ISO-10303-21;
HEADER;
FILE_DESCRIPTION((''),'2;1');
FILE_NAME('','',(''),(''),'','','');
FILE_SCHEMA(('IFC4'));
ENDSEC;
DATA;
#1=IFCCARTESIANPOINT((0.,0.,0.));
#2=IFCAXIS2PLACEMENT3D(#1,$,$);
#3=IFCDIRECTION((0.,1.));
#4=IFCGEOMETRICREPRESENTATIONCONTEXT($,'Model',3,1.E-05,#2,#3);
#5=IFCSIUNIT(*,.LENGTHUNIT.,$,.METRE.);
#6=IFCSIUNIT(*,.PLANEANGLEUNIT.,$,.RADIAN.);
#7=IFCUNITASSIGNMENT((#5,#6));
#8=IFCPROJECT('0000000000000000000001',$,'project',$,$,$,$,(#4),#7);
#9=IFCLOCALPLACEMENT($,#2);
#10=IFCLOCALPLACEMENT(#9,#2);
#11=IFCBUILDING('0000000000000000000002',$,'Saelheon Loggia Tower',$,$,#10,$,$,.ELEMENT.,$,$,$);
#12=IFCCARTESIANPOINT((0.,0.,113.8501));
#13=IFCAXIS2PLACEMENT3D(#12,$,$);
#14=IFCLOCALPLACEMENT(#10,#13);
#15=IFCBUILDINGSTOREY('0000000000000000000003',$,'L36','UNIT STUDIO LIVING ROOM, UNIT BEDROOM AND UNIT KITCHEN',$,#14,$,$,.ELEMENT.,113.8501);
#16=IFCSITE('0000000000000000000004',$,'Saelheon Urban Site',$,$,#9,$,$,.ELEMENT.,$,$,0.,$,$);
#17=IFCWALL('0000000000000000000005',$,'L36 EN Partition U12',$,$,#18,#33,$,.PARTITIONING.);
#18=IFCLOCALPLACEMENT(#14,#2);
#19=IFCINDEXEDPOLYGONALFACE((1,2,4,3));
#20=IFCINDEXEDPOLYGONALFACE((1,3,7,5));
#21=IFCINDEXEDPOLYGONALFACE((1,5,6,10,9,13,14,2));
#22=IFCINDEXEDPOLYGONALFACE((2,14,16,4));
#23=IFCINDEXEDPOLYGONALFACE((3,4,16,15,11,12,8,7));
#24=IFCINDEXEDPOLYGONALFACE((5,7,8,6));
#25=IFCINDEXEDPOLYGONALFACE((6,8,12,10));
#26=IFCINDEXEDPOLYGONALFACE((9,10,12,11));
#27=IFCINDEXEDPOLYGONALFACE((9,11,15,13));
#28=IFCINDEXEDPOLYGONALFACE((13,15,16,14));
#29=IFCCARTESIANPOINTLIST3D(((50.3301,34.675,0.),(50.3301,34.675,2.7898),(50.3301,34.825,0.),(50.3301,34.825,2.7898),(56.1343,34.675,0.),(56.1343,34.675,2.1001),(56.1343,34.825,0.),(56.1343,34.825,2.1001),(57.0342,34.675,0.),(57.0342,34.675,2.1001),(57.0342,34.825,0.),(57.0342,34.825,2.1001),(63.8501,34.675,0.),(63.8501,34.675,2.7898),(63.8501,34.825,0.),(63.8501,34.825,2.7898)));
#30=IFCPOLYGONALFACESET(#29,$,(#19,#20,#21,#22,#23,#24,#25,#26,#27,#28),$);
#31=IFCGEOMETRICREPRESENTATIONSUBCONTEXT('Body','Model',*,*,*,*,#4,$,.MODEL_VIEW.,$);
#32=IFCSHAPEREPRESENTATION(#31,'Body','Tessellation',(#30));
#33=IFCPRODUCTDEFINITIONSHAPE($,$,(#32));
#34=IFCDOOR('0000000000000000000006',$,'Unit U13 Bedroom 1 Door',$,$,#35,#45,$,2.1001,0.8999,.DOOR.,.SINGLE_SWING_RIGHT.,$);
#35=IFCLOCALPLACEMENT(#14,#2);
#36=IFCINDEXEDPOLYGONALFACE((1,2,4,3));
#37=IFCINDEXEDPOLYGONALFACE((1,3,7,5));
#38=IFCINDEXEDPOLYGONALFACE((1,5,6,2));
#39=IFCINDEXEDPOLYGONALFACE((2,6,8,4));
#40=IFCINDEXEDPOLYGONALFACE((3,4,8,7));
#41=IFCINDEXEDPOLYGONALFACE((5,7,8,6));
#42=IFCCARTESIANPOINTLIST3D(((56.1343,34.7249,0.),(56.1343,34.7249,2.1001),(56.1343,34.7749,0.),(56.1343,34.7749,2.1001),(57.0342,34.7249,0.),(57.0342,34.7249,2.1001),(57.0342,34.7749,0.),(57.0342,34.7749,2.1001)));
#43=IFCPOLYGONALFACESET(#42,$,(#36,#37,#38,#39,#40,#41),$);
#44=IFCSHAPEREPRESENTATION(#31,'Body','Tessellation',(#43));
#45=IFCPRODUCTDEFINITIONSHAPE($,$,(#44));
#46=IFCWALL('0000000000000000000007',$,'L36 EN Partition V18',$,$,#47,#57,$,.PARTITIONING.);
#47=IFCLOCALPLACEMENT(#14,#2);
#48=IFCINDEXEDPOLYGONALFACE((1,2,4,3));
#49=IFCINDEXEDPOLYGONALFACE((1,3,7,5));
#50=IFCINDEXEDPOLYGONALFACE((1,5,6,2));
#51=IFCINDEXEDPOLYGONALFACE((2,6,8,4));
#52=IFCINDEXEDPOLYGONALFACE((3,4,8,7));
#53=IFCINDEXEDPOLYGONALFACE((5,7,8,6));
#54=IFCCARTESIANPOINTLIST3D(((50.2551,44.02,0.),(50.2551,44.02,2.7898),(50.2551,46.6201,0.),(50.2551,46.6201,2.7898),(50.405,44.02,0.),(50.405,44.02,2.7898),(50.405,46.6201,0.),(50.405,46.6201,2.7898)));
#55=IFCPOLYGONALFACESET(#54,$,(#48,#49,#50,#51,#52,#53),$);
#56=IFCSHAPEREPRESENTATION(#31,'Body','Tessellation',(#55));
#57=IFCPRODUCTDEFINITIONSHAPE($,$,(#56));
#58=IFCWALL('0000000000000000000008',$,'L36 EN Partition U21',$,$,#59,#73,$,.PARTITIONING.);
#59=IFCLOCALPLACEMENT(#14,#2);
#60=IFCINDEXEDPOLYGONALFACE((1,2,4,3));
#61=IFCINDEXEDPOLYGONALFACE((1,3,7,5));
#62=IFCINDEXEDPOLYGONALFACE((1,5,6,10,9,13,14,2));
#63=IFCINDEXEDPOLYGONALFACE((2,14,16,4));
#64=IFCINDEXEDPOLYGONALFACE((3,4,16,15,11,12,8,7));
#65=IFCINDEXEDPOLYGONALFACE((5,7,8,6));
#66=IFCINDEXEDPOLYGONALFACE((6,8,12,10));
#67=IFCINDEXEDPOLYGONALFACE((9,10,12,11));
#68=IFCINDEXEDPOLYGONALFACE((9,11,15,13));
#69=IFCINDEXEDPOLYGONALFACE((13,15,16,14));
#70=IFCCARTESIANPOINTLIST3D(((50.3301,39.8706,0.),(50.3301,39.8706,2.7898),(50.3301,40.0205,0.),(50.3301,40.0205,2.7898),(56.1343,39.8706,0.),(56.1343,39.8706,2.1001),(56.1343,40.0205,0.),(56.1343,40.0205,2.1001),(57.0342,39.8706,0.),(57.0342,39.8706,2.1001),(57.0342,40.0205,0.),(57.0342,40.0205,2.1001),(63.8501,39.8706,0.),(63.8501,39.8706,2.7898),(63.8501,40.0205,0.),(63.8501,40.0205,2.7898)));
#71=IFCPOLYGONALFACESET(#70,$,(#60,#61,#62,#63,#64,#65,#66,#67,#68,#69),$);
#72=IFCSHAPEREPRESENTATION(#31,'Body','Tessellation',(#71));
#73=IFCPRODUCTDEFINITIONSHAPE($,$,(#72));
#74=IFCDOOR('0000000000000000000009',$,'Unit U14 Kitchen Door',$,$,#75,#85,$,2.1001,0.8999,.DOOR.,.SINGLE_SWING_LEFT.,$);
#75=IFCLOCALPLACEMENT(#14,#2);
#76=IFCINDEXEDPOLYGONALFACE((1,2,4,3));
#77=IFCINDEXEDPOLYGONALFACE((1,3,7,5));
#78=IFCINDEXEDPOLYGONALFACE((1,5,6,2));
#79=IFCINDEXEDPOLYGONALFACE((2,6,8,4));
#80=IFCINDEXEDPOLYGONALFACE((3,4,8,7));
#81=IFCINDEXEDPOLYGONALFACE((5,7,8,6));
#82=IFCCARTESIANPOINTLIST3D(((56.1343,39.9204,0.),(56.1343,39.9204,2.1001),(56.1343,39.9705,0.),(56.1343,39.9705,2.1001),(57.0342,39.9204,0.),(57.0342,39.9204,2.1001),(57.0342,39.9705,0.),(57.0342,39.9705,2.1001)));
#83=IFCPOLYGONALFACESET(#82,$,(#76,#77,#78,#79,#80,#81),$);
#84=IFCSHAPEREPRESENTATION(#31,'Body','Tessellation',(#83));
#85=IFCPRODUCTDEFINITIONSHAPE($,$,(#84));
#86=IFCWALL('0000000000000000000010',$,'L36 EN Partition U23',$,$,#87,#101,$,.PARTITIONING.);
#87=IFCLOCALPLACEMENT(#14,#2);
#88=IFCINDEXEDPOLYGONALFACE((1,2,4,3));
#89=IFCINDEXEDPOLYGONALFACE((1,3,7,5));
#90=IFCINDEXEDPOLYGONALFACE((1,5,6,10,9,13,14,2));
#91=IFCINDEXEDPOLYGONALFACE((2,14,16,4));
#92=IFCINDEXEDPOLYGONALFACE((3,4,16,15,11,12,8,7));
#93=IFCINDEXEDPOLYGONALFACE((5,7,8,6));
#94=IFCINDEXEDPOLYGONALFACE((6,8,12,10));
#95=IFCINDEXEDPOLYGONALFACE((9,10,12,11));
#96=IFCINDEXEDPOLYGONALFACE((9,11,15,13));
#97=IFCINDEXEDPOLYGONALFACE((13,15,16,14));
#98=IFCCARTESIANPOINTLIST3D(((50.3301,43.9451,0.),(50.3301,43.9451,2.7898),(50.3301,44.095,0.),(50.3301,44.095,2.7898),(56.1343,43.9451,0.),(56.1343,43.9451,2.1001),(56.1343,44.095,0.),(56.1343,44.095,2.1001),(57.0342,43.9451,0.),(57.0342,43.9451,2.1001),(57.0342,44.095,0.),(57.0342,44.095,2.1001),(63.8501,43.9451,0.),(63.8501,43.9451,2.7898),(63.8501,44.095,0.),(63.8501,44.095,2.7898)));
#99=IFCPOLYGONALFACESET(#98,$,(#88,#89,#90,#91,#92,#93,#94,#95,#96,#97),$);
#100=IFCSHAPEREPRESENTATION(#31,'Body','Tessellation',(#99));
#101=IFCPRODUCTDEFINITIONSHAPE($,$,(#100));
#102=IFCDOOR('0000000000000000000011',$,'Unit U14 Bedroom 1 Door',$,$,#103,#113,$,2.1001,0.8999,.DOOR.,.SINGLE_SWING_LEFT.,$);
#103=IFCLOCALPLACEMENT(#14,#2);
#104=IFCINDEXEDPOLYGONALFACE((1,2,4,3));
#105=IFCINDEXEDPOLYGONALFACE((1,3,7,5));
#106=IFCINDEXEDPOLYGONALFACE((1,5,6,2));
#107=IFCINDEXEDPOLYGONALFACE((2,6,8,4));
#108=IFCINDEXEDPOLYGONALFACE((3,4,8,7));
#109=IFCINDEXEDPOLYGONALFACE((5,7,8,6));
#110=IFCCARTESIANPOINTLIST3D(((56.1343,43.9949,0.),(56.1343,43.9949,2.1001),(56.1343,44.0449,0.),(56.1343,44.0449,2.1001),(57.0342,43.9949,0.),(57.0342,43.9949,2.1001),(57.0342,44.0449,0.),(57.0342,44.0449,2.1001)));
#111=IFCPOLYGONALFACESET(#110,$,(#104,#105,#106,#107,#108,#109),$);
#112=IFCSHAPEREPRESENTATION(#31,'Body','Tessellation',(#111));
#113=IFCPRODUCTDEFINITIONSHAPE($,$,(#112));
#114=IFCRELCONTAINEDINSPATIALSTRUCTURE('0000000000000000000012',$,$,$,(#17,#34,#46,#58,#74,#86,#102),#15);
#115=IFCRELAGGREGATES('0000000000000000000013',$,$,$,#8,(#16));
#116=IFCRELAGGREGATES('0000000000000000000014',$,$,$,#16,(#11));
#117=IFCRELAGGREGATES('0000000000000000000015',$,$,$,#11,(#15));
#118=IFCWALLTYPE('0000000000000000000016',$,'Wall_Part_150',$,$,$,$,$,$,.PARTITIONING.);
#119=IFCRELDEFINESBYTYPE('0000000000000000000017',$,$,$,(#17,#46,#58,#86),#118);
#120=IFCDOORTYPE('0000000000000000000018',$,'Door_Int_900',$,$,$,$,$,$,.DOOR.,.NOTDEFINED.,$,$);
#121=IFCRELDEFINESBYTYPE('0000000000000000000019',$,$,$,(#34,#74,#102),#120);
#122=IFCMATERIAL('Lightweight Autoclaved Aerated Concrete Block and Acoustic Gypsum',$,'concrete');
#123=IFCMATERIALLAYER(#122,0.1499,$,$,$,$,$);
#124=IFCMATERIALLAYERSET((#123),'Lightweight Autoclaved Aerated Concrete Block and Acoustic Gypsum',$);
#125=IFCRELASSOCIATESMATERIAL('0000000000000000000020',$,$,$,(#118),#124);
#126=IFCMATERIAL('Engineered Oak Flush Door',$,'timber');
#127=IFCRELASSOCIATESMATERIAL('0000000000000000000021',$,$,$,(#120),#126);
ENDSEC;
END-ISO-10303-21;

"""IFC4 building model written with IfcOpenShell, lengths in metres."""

from ifc_helpers import new_model, si_unit, direction, frame, frame_2d, origin, place, context, subcontext, project, spatial, rectangle, extrude, source, transform, mapped, material, layer, layer_set, type_object, element, fill, save


model = new_model("IFC4")

# Units and contexts
model_context = context("Model", 3, precision=1e-05, world=origin(), true_north=direction((0.0, 1.0)))
body_context = subcontext(model_context, "Body", "Model", "MODEL_VIEW")
ifc_project = project(units=[si_unit("LENGTHUNIT", "METRE"), si_unit("PLANEANGLEUNIT", "RADIAN")], contexts=[model_context])

# Site, building, storey
site_placement = place(None, origin())
site = spatial("IfcSite", under=ifc_project, at=site_placement, Name="Saelheon Urban Site", CompositionType="ELEMENT", RefElevation=0.0)
building_placement = place(site_placement, origin())
building = spatial("IfcBuilding", under=site, at=building_placement, Name="Saelheon Loggia Tower", CompositionType="ELEMENT")
storey_placement = place(building_placement, frame((0.0, 0.0, 113.8501)))
storey = spatial("IfcBuildingStorey", under=building, at=storey_placement, Name="L36", Description="UNIT STUDIO LIVING ROOM, UNIT BEDROOM AND UNIT KITCHEN", CompositionType="ELEMENT", Elevation=113.8501)

# Shared definitions
ifc_material_1 = material(Name="Lightweight Autoclaved Aerated Concrete Block and Acoustic Gypsum", Category="concrete")
ifc_layer_1 = layer(ifc_material_1, 0.1499)
ifc_layer_set_1 = layer_set([ifc_layer_1], Name="Lightweight Autoclaved Aerated Concrete Block and Acoustic Gypsum")
wall_type_1 = type_object("IfcWallType", Name="Wall_Part_150", PredefinedType="PARTITIONING", material=ifc_layer_set_1)

# Wall, opening, door
ifc_material_2 = material(Name="Engineered Oak Flush Door", Category="timber")
door_type = type_object("IfcDoorType", Name="Door_Int_900", OperationType="NOTDEFINED", PredefinedType="DOOR", material=ifc_material_2)
shared_shape_1 = source(origin(), body_context, "Body", "SweptSolid", [
    extrude(rectangle(XDim=0.8999, YDim=2.1001, at=frame_2d((0.45, 1.05))), frame((0.0, 0.0249, 0.0), z_axis=(0.0, -1.0, 0.0), x_axis=(1.0, 0.0, 0.0)), (0.0, 0.0, 1.0), 0.05),
])
wall_1_placement = place(storey_placement, frame((50.3301, 34.75, 0.0), z_axis=(0.0, 0.0, 1.0), x_axis=(1.0, 0.0, 0.0)))
wall_1 = element("IfcWall", 1, at=wall_1_placement, inside=storey, type_object=wall_type_1, Name="L36 EN Partition U12", PredefinedType="PARTITIONING", context=body_context, shape_type="SweptSolid", body=[
    extrude(rectangle(XDim=13.52, YDim=0.1499, at=frame_2d((6.76, 0.0))), origin(), (0.0, 0.0, 1.0), 2.7898),
])
opening_1_placement = place(wall_1_placement, frame((5.8042, 0.0, 0.0)))
opening_1 = element("IfcOpeningElement", 2, at=opening_1_placement, cuts=wall_1, PredefinedType="OPENING", context=body_context, shape_type="SweptSolid", body=[
    extrude(rectangle(XDim=0.8999, YDim=2.1001, at=frame_2d((0.45, 1.05))), frame((0.0, 0.0869, 0.0), z_axis=(0.0, -1.0, 0.0), x_axis=(1.0, 0.0, 0.0)), (0.0, 0.0, 1.0), 0.1738),
])
door_1_placement = place(opening_1_placement, origin())
door_1 = element("IfcDoor", 3, at=door_1_placement, inside=storey, type_object=door_type, Name="Unit U13 Bedroom 1 Door", OperationType="SINGLE_SWING_RIGHT", OverallHeight=2.1001, OverallWidth=0.8999, PredefinedType="DOOR", context=body_context, shape_type="MappedRepresentation", body=[
    mapped(shared_shape_1, transform((0.0, 0.0, 0.0), scale=1.0)),
])
fill(opening_1, door_1)

# Wall
wall_2_placement = place(storey_placement, frame((50.3301, 44.02, 0.0), z_axis=(0.0, 0.0, 1.0), x_axis=(0.0, 1.0, 0.0)))
element("IfcWall", 4, at=wall_2_placement, inside=storey, type_object=wall_type_1, Name="L36 EN Partition V18", PredefinedType="PARTITIONING", context=body_context, shape_type="SweptSolid", body=[
    extrude(rectangle(XDim=2.6001, YDim=0.1499, at=frame_2d((1.3, 0.0))), origin(), (0.0, 0.0, 1.0), 2.7898),
])

# Walls, openings, doors
wall_3_placement = place(storey_placement, frame((50.3301, 39.9456, 0.0), z_axis=(0.0, 0.0, 1.0), x_axis=(1.0, 0.0, 0.0)))
wall_3 = element("IfcWall", 5, at=wall_3_placement, inside=storey, type_object=wall_type_1, Name="L36 EN Partition U21", PredefinedType="PARTITIONING", context=body_context, shape_type="SweptSolid", body=[
    extrude(rectangle(XDim=13.52, YDim=0.1499, at=frame_2d((6.76, 0.0))), origin(), (0.0, 0.0, 1.0), 2.7898),
])
opening_2_placement = place(wall_3_placement, frame((5.8042, 0.0, 0.0)))
opening_2 = element("IfcOpeningElement", 6, at=opening_2_placement, cuts=wall_3, PredefinedType="OPENING", context=body_context, shape_type="SweptSolid", body=[
    extrude(rectangle(XDim=0.8999, YDim=2.1001, at=frame_2d((0.45, 1.05))), frame((0.0, 0.0869, 0.0), z_axis=(0.0, -1.0, 0.0), x_axis=(1.0, 0.0, 0.0)), (0.0, 0.0, 1.0), 0.1738),
])
door_2_placement = place(opening_2_placement, origin())
door_2 = element("IfcDoor", 7, at=door_2_placement, inside=storey, type_object=door_type, Name="Unit U14 Kitchen Door", OperationType="SINGLE_SWING_LEFT", OverallHeight=2.1001, OverallWidth=0.8999, PredefinedType="DOOR", context=body_context, shape_type="MappedRepresentation", body=[
    mapped(shared_shape_1, transform((0.0, 0.0, 0.0), scale=1.0)),
])
fill(opening_2, door_2)
wall_4_placement = place(storey_placement, frame((50.3301, 44.02, 0.0), z_axis=(0.0, 0.0, 1.0), x_axis=(1.0, 0.0, 0.0)))
wall_4 = element("IfcWall", 8, at=wall_4_placement, inside=storey, type_object=wall_type_1, Name="L36 EN Partition U23", PredefinedType="PARTITIONING", context=body_context, shape_type="SweptSolid", body=[
    extrude(rectangle(XDim=13.52, YDim=0.1499, at=frame_2d((6.76, 0.0))), origin(), (0.0, 0.0, 1.0), 2.7898),
])
opening_3_placement = place(wall_4_placement, frame((5.8042, 0.0, 0.0)))
opening_3 = element("IfcOpeningElement", 9, at=opening_3_placement, cuts=wall_4, PredefinedType="OPENING", context=body_context, shape_type="SweptSolid", body=[
    extrude(rectangle(XDim=0.8999, YDim=2.1001, at=frame_2d((0.45, 1.05))), frame((0.0, 0.0869, 0.0), z_axis=(0.0, -1.0, 0.0), x_axis=(1.0, 0.0, 0.0)), (0.0, 0.0, 1.0), 0.1738),
])
door_3_placement = place(opening_3_placement, origin())
door_3 = element("IfcDoor", 10, at=door_3_placement, inside=storey, type_object=door_type, Name="Unit U14 Bedroom 1 Door", OperationType="SINGLE_SWING_LEFT", OverallHeight=2.1001, OverallWidth=0.8999, PredefinedType="DOOR", context=body_context, shape_type="MappedRepresentation", body=[
    mapped(shared_shape_1, transform((0.0, 0.0, 0.0), scale=1.0)),
])
fill(opening_3, door_3)

save(model, "model.ifc")
